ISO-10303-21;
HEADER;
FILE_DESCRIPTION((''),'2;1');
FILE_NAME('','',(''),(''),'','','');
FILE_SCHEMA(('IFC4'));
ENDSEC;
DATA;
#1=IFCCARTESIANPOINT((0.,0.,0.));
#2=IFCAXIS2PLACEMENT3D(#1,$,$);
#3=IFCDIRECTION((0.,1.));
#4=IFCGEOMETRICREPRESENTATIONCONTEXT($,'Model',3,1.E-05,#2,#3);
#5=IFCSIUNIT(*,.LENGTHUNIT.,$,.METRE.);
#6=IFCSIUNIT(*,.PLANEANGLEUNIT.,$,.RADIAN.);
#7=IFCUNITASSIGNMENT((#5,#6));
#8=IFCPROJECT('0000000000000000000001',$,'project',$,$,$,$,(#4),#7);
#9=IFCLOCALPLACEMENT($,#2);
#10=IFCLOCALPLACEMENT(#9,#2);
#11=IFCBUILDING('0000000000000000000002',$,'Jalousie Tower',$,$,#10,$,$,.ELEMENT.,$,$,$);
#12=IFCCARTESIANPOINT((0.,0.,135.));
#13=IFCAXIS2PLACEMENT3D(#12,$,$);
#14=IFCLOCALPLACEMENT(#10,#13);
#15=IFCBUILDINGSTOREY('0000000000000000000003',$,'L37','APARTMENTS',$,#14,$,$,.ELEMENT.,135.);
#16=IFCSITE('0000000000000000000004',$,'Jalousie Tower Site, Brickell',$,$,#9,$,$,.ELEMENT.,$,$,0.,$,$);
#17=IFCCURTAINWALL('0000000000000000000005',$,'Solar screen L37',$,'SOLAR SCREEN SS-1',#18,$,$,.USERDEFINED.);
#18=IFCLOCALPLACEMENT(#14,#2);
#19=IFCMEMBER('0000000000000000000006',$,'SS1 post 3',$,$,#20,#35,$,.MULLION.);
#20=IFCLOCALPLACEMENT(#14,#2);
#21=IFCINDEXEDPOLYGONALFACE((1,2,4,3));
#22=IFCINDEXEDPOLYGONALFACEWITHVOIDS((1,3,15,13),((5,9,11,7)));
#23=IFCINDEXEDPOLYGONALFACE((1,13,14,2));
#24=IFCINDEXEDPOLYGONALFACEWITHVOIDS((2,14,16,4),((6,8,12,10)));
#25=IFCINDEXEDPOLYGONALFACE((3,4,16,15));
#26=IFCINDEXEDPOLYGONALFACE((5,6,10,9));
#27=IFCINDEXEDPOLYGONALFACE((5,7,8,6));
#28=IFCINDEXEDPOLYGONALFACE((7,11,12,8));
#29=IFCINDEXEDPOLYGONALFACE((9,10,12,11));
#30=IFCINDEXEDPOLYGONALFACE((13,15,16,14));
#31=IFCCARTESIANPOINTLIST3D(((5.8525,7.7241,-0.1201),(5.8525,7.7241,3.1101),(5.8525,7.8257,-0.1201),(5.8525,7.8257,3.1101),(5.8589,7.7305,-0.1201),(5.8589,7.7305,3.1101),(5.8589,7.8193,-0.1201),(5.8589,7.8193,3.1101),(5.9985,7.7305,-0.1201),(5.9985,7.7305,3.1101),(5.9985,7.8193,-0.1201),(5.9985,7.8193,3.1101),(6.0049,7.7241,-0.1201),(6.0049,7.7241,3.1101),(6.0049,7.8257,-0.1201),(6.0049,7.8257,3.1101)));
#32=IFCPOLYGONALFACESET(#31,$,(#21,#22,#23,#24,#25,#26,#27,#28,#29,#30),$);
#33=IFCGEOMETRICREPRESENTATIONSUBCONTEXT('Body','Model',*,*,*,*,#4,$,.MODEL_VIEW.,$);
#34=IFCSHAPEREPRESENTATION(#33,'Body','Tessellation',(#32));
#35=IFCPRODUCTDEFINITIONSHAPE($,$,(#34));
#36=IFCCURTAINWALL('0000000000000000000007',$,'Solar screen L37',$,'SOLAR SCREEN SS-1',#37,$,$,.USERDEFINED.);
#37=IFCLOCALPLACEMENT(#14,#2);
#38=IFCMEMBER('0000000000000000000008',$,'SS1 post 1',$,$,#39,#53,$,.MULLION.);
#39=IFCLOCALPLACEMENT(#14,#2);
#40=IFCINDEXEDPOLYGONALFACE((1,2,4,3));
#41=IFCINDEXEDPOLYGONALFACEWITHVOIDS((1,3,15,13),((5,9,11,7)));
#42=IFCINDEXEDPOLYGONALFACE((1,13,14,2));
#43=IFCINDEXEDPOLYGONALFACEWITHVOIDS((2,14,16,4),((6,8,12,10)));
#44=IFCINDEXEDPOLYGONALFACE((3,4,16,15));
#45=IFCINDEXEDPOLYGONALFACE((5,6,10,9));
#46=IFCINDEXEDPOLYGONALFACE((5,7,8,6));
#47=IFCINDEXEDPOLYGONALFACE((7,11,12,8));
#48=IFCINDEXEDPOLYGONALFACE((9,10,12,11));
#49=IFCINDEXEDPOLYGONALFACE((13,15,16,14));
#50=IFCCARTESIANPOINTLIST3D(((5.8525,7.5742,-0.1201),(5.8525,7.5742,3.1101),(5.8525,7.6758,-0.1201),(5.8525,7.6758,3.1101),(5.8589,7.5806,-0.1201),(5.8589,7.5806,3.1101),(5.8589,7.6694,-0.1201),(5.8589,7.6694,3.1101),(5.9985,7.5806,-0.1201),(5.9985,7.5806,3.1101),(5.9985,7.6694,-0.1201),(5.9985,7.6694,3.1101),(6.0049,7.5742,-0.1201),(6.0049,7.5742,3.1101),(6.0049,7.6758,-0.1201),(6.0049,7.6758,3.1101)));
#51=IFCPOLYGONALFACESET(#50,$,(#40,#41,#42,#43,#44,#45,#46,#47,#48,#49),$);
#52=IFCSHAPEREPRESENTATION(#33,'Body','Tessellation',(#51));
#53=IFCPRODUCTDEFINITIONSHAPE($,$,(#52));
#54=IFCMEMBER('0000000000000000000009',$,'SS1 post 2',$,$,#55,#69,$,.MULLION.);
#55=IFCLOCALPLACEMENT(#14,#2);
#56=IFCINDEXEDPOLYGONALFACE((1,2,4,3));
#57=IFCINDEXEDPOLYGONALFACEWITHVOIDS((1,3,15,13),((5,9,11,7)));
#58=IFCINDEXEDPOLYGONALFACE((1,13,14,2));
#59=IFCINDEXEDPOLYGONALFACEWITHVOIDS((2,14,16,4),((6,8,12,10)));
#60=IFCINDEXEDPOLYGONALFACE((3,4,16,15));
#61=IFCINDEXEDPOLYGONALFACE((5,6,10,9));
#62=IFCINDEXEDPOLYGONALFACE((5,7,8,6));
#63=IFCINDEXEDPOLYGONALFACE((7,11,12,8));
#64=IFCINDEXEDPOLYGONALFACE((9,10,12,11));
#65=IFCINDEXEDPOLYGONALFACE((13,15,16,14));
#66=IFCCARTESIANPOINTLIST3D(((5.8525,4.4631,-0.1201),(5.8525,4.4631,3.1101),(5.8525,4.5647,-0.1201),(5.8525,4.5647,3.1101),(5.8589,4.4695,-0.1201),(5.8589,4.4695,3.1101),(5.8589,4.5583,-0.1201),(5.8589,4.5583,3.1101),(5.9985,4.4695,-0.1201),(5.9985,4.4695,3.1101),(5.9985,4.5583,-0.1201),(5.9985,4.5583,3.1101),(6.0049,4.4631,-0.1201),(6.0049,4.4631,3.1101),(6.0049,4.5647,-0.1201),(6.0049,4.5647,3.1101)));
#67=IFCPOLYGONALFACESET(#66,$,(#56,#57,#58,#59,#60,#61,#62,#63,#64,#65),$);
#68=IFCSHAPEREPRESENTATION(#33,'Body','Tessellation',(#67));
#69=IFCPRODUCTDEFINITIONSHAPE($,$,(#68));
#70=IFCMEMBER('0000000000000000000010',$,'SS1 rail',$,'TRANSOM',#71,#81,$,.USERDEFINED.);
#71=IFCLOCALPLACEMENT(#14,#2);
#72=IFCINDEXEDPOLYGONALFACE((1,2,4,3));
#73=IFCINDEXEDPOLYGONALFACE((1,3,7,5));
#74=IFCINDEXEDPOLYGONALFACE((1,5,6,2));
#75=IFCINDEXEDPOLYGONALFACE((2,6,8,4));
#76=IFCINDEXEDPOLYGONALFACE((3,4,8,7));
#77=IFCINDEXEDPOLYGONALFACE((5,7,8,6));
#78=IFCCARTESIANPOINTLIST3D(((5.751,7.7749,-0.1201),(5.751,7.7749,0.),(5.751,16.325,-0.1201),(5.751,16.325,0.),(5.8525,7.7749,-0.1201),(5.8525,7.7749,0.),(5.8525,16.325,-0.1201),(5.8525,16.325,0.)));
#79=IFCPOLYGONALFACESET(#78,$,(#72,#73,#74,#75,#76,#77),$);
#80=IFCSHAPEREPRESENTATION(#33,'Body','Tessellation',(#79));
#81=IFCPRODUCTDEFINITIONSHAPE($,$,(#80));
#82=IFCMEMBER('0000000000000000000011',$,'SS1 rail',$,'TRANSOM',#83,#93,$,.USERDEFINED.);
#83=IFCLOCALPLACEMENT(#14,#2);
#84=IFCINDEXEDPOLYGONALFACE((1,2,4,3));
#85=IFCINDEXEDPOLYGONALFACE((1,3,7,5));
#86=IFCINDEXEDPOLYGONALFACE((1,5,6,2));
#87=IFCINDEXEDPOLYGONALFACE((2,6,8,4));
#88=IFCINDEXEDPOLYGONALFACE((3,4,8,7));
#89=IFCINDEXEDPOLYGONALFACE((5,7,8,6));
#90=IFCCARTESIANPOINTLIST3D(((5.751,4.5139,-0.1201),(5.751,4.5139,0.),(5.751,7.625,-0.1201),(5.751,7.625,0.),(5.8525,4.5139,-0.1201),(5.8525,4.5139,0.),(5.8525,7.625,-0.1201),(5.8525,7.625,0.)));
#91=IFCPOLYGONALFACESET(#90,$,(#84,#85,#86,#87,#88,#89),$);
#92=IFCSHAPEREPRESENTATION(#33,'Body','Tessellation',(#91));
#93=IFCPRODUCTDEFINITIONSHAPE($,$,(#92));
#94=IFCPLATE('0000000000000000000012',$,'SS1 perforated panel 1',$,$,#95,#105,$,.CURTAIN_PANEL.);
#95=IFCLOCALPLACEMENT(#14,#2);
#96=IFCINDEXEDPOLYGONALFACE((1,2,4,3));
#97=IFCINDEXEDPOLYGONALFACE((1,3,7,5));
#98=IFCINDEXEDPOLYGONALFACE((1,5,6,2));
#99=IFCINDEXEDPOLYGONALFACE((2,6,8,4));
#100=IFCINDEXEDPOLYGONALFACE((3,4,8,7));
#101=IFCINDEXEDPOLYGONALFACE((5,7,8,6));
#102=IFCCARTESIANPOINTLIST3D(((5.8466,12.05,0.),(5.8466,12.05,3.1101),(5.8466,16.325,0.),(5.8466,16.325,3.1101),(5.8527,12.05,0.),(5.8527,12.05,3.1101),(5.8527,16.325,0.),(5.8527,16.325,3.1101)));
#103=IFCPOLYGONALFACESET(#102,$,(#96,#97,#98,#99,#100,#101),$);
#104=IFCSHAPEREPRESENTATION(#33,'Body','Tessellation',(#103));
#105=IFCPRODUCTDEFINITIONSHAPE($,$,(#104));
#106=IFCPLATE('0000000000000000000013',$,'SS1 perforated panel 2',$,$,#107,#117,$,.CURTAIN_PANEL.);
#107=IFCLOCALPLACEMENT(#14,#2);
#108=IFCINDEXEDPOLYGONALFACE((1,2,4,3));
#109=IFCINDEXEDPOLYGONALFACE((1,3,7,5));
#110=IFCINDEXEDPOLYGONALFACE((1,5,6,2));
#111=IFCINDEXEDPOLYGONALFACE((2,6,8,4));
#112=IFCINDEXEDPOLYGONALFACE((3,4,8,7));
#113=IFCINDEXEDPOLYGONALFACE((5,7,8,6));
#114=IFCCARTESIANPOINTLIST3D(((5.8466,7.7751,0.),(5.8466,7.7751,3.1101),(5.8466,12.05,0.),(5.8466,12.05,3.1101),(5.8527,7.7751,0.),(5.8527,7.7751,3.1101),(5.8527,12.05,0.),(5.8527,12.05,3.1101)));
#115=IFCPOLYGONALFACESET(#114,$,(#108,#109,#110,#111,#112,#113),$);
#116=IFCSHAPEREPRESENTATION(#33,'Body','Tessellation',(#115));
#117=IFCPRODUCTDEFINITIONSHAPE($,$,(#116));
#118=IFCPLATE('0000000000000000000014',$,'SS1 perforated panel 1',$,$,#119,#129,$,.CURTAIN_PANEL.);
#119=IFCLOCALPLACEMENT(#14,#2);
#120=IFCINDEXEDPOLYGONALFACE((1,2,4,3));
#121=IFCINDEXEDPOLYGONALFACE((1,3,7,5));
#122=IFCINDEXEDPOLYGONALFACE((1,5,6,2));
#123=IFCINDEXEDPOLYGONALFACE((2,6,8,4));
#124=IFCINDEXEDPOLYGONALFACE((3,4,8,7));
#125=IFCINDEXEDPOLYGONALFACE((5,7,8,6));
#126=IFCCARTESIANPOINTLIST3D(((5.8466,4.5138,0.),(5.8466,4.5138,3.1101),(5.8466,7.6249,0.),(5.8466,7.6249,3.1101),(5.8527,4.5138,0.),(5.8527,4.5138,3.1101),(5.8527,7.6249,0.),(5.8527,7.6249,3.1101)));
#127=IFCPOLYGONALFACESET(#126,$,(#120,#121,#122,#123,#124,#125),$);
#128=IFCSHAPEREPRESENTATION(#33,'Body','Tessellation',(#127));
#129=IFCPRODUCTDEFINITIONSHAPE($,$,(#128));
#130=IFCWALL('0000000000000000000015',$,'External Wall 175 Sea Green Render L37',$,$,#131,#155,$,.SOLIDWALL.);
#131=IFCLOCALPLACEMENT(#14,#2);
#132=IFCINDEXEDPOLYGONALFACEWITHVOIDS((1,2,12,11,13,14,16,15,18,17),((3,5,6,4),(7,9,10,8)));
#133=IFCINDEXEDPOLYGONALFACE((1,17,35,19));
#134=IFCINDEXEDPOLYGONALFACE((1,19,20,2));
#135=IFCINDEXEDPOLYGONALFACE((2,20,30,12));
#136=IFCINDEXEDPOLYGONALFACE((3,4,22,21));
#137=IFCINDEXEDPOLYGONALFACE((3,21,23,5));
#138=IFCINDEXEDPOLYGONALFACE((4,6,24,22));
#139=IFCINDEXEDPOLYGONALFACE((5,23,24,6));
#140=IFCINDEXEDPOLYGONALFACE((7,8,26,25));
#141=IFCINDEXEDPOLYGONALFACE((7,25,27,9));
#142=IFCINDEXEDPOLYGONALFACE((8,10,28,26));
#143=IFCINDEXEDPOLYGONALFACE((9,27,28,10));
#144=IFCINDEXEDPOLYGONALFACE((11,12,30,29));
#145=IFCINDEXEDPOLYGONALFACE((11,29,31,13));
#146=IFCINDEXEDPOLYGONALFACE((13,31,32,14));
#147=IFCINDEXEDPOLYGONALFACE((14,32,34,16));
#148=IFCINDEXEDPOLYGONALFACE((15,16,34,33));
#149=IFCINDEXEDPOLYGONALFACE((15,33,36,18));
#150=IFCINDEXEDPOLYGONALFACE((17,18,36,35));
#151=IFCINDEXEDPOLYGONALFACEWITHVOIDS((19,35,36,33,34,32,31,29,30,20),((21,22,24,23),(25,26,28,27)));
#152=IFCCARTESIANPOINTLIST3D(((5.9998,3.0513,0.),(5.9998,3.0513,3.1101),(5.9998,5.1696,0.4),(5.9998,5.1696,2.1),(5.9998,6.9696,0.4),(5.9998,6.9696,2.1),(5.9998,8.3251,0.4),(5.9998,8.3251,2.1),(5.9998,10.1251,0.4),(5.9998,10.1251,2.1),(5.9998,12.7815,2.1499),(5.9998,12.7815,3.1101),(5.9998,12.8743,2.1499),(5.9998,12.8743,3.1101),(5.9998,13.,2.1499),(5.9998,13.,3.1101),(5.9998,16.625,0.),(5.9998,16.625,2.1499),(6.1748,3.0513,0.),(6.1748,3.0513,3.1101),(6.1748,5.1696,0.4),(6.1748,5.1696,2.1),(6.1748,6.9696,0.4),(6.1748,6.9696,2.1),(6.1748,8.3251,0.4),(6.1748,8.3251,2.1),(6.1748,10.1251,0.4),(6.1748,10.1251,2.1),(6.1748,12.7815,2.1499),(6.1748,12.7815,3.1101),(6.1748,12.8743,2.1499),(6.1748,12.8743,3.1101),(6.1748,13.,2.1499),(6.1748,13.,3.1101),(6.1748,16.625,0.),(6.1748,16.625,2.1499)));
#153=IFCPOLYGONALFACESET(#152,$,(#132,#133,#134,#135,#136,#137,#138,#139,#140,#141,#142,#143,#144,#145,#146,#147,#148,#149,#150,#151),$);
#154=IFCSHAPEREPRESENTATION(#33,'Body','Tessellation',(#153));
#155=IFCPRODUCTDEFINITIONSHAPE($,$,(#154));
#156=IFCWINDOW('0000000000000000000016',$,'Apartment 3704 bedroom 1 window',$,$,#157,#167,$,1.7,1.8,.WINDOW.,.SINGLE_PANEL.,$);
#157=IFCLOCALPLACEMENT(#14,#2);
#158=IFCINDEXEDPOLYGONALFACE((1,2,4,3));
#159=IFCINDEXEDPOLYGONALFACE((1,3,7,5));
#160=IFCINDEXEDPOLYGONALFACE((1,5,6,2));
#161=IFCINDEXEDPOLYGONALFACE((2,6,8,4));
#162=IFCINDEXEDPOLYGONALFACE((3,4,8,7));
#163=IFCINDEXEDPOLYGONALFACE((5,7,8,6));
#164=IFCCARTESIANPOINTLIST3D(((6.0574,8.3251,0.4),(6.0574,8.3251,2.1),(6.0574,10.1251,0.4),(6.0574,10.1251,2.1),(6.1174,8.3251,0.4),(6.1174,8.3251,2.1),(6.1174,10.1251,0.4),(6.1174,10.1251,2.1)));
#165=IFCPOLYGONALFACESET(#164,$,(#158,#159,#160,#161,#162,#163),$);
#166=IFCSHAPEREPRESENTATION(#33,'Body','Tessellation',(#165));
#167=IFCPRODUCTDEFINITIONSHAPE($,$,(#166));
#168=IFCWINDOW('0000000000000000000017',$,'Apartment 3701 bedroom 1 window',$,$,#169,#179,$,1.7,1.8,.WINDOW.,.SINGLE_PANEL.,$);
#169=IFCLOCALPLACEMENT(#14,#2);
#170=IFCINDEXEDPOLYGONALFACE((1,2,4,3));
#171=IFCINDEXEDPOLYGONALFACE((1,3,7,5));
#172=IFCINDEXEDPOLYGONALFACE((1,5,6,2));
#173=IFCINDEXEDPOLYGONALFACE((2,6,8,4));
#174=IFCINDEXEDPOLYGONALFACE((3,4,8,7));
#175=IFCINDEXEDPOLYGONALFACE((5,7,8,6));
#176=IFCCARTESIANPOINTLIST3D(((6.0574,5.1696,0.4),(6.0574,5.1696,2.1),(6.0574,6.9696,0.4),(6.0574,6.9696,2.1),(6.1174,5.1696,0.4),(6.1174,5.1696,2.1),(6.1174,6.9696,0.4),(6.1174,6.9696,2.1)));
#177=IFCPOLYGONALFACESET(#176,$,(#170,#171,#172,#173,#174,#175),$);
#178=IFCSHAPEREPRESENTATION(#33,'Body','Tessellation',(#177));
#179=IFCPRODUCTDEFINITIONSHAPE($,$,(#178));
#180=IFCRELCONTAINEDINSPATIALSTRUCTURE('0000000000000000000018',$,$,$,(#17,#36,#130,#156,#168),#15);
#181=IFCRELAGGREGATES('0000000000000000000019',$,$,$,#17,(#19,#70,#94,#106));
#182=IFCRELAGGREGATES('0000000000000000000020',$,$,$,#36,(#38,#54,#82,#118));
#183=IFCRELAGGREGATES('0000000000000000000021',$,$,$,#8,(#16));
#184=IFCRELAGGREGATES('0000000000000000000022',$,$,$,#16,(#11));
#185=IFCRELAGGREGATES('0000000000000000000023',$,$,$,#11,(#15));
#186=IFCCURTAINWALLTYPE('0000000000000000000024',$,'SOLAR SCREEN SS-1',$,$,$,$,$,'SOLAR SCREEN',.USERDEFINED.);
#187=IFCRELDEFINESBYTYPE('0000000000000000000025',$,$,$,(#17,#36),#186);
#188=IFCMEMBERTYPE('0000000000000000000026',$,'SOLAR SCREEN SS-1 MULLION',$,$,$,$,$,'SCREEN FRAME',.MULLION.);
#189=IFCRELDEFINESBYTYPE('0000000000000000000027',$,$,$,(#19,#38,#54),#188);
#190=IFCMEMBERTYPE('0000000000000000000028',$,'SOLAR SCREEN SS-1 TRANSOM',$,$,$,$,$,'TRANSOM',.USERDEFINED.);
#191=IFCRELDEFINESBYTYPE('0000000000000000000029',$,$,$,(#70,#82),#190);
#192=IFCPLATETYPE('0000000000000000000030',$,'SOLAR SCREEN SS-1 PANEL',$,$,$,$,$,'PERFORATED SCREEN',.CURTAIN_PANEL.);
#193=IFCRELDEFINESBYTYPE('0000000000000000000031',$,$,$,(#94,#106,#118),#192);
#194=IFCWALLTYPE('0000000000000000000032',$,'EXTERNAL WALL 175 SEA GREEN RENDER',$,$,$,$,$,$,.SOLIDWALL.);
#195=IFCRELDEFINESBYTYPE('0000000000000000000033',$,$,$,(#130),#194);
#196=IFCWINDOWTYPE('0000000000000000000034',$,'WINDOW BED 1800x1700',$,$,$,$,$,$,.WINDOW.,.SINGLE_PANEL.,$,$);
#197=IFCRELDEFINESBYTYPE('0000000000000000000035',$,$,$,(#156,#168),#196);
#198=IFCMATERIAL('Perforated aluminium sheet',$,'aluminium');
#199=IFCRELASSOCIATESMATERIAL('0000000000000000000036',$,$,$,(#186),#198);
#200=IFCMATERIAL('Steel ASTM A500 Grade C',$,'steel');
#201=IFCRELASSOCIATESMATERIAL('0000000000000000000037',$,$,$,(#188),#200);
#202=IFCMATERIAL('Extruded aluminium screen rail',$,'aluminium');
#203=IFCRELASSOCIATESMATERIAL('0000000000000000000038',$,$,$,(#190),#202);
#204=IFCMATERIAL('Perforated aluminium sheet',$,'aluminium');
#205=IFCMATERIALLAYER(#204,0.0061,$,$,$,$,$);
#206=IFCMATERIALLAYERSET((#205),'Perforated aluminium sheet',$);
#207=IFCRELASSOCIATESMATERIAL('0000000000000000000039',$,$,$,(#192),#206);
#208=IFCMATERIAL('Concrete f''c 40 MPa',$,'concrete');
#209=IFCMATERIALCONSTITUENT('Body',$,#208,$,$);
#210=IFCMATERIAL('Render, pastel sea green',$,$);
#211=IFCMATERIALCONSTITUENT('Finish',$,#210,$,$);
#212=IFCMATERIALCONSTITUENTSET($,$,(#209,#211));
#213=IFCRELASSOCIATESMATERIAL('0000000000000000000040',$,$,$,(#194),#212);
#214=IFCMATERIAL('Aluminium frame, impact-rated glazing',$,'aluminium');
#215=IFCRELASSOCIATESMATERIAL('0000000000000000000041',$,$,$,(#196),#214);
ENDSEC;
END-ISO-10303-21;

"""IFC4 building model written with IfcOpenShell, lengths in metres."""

from ifc_helpers import new_model, si_unit, direction, frame, frame_2d, origin, origin_2d, place, context, subcontext, project, spatial, polyline, rectangle, hollow_rectangle, outline, extrude, material, layer, layer_set, constituent, constituent_set, material_profile, profile_set, type_object, element, fill, aggregate, save


model = new_model("IFC4")

# Units and contexts
model_context = context("Model", 3, precision=1e-05, world=origin(), true_north=direction((0.0, 1.0)))
body_context = subcontext(model_context, "Body", "Model", "MODEL_VIEW")
ifc_project = project(units=[si_unit("LENGTHUNIT", "METRE"), si_unit("PLANEANGLEUNIT", "RADIAN")], contexts=[model_context])

# Site, building, storey
site_placement = place(None, origin())
site = spatial("IfcSite", under=ifc_project, at=site_placement, Name="Jalousie Tower Site, Brickell", CompositionType="ELEMENT", RefElevation=0.0)
building_placement = place(site_placement, origin())
building = spatial("IfcBuilding", under=site, at=building_placement, Name="Jalousie Tower", CompositionType="ELEMENT")
storey_placement = place(building_placement, frame((0.0, 0.0, 135.0)))
storey = spatial("IfcBuildingStorey", under=building, at=storey_placement, Name="L37", Description="APARTMENTS", CompositionType="ELEMENT", Elevation=135.0)

# Curtain walls, members
ifc_material_1 = material(Name="Perforated aluminium sheet", Category="aluminium")
curtain_wall_type = type_object("IfcCurtainWallType", Name="SOLAR SCREEN SS-1", ElementType="SOLAR SCREEN", PredefinedType="USERDEFINED", material=ifc_material_1)
curtain_wall_1_placement = place(storey_placement, origin())
curtain_wall_1 = element("IfcCurtainWall", 1, at=curtain_wall_1_placement, inside=storey, type_object=curtain_wall_type, Name="Solar screen L37", ObjectType="SOLAR SCREEN SS-1", PredefinedType="USERDEFINED")
ifc_material_2 = material(Name="Steel ASTM A500 Grade C", Category="steel")
ifc_material_profile_1 = material_profile(ifc_material_2, hollow_rectangle(XDim=0.1016, YDim=0.1523, WallThickness=0.0063, at=origin_2d()), Name="HSS6X4X1/4")
ifc_profile_set_1 = profile_set([ifc_material_profile_1], Name="Steel ASTM A500 Grade C")
member_type_1 = type_object("IfcMemberType", Name="SOLAR SCREEN SS-1 MULLION", ElementType="SCREEN FRAME", PredefinedType="MULLION", material=ifc_profile_set_1)
member_1_placement = place(storey_placement, frame((5.9287, 7.7749, -0.1201), z_axis=(0.0, 0.0, 1.0), x_axis=(0.0, -1.0, 0.0)))
member_1 = element("IfcMember", 2, at=member_1_placement, type_object=member_type_1, Name="SS1 post 3", PredefinedType="MULLION", context=body_context, shape_type="SweptSolid", body=[
    extrude(hollow_rectangle(XDim=0.1016, YDim=0.1523, WallThickness=0.0063, at=origin_2d()), origin(), (0.0, 0.0, 1.0), 3.2302),
])
curtain_wall_2_placement = place(storey_placement, origin())
curtain_wall_2 = element("IfcCurtainWall", 3, at=curtain_wall_2_placement, inside=storey, type_object=curtain_wall_type, Name="Solar screen L37", ObjectType="SOLAR SCREEN SS-1", PredefinedType="USERDEFINED")
member_2_placement = place(storey_placement, frame((5.9287, 7.625, -0.1201), z_axis=(0.0, 0.0, 1.0), x_axis=(0.0, -1.0, 0.0)))
member_2 = element("IfcMember", 4, at=member_2_placement, type_object=member_type_1, Name="SS1 post 1", PredefinedType="MULLION", context=body_context, shape_type="SweptSolid", body=[
    extrude(hollow_rectangle(XDim=0.1016, YDim=0.1523, WallThickness=0.0063, at=origin_2d()), origin(), (0.0, 0.0, 1.0), 3.2302),
])
member_3_placement = place(storey_placement, frame((5.9287, 4.5139, -0.1201), z_axis=(0.0, 0.0, 1.0), x_axis=(0.0, -1.0, 0.0)))
member_3 = element("IfcMember", 5, at=member_3_placement, type_object=member_type_1, Name="SS1 post 2", PredefinedType="MULLION", context=body_context, shape_type="SweptSolid", body=[
    extrude(hollow_rectangle(XDim=0.1016, YDim=0.1523, WallThickness=0.0063, at=origin_2d()), origin(), (0.0, 0.0, 1.0), 3.2302),
])

# Members
ifc_material_3 = material(Name="Extruded aluminium screen rail", Category="aluminium")
ifc_material_profile_2 = material_profile(ifc_material_3, rectangle(XDim=0.1016, YDim=0.1201, at=origin_2d()), Name="RAIL 102x120")
ifc_profile_set_2 = profile_set([ifc_material_profile_2], Name="Extruded aluminium screen rail")
member_type_2 = type_object("IfcMemberType", Name="SOLAR SCREEN SS-1 TRANSOM", ElementType="TRANSOM", PredefinedType="USERDEFINED", material=ifc_profile_set_2)
member_4_placement = place(storey_placement, frame((5.8018, 16.325, -0.0601), z_axis=(0.0, -1.0, 0.0), x_axis=(1.0, 0.0, 0.0)))
member_4 = element("IfcMember", 6, at=member_4_placement, type_object=member_type_2, Name="SS1 rail", ObjectType="TRANSOM", PredefinedType="USERDEFINED", context=body_context, shape_type="SweptSolid", body=[
    extrude(rectangle(XDim=0.1016, YDim=0.1201, at=origin_2d()), origin(), (0.0, 0.0, 1.0), 8.55),
])
member_5_placement = place(storey_placement, frame((5.8018, 7.625, -0.0601), z_axis=(0.0, -1.0, 0.0), x_axis=(1.0, 0.0, 0.0)))
member_5 = element("IfcMember", 7, at=member_5_placement, type_object=member_type_2, Name="SS1 rail", ObjectType="TRANSOM", PredefinedType="USERDEFINED", context=body_context, shape_type="SweptSolid", body=[
    extrude(rectangle(XDim=0.1016, YDim=0.1201, at=origin_2d()), origin(), (0.0, 0.0, 1.0), 3.1111),
])

# Plates
ifc_material_4 = material(Name="Perforated aluminium sheet", Category="aluminium")
ifc_layer_1 = layer(ifc_material_4, 0.0061)
ifc_layer_set_1 = layer_set([ifc_layer_1], Name="Perforated aluminium sheet")
plate_type = type_object("IfcPlateType", Name="SOLAR SCREEN SS-1 PANEL", ElementType="PERFORATED SCREEN", PredefinedType="CURTAIN_PANEL", material=ifc_layer_set_1)
plate_1_placement = place(storey_placement, frame((5.8496, 14.1875, 0.0), z_axis=(0.0, 0.0, 1.0), x_axis=(0.0, -1.0, 0.0)))
plate_1 = element("IfcPlate", 8, at=plate_1_placement, type_object=plate_type, Name="SS1 perforated panel 1", PredefinedType="CURTAIN_PANEL", context=body_context, shape_type="SweptSolid", body=[
    extrude(rectangle(XDim=4.2749, YDim=0.0061, at=origin_2d()), origin(), (0.0, 0.0, 1.0), 3.1101),
])
plate_2_placement = place(storey_placement, frame((5.8496, 9.9126, 0.0), z_axis=(0.0, 0.0, 1.0), x_axis=(0.0, -1.0, 0.0)))
plate_2 = element("IfcPlate", 9, at=plate_2_placement, type_object=plate_type, Name="SS1 perforated panel 2", PredefinedType="CURTAIN_PANEL", context=body_context, shape_type="SweptSolid", body=[
    extrude(rectangle(XDim=4.2749, YDim=0.0061, at=origin_2d()), origin(), (0.0, 0.0, 1.0), 3.1101),
])
aggregate(curtain_wall_1, [member_1, member_4, plate_1, plate_2])
plate_3_placement = place(storey_placement, frame((5.8496, 6.0693, 0.0), z_axis=(0.0, 0.0, 1.0), x_axis=(0.0, -1.0, 0.0)))
plate_3 = element("IfcPlate", 10, at=plate_3_placement, type_object=plate_type, Name="SS1 perforated panel 1", PredefinedType="CURTAIN_PANEL", context=body_context, shape_type="SweptSolid", body=[
    extrude(rectangle(XDim=3.1111, YDim=0.0061, at=origin_2d()), origin(), (0.0, 0.0, 1.0), 3.1101),
])
aggregate(curtain_wall_2, [member_2, member_3, member_5, plate_3])

# Wall, openings, windows
ifc_material_5 = material(Name="Concrete f'c 40 MPa", Category="concrete")
ifc_constituent_1 = constituent(ifc_material_5, Name="Body")
ifc_material_6 = material(Name="Render, pastel sea green")
ifc_constituent_2 = constituent(ifc_material_6, Name="Finish")
ifc_constituent_set_1 = constituent_set(constituents=[ifc_constituent_1, ifc_constituent_2])
wall_type_1 = type_object("IfcWallType", Name="EXTERNAL WALL 175 SEA GREEN RENDER", PredefinedType="SOLIDWALL", material=ifc_constituent_set_1)
wall_1_placement = place(storey_placement, frame((6.0874, 16.625, 0.0), z_axis=(0.0, 0.0, 1.0), x_axis=(0.0, -1.0, 0.0)))
wall_1 = element("IfcWall", 11, at=wall_1_placement, inside=storey, type_object=wall_type_1, Name="External Wall 175 Sea Green Render L37", PredefinedType="SOLIDWALL", context=body_context, shape_type="SweptSolid", body=[
    extrude(outline(polyline([(0.0, 0.0), (13.5737, 0.0), (13.5737, 3.1101), (3.8435, 3.1101), (3.8435, 2.1499), (3.7507, 2.1499), (3.7507, 3.1101), (3.625, 3.1101), (3.625, 2.1499), (0.0, 2.1499), (0.0, 0.0)])), frame((0.0, 0.0874, 0.0), z_axis=(0.0, -1.0, 0.0), x_axis=(1.0, 0.0, 0.0)), (0.0, 0.0, 1.0), 0.175),
])
opening_1_placement = place(wall_1_placement, frame((6.5, 0.0, 0.3999)))
opening_1 = element("IfcOpeningElement", 12, at=opening_1_placement, cuts=wall_1, PredefinedType="OPENING", context=body_context, shape_type="SweptSolid", body=[
    extrude(rectangle(XDim=1.8, YDim=1.7, at=frame_2d((0.8999, 0.8501))), frame((0.0, 0.0974, 0.0), z_axis=(0.0, -1.0, 0.0), x_axis=(1.0, 0.0, 0.0)), (0.0, 0.0, 1.0), 0.1951),
])
opening_2_placement = place(wall_1_placement, frame((9.6555, 0.0, 0.3999)))
opening_2 = element("IfcOpeningElement", 13, at=opening_2_placement, cuts=wall_1, PredefinedType="OPENING", context=body_context, shape_type="SweptSolid", body=[
    extrude(rectangle(XDim=1.8, YDim=1.7, at=frame_2d((0.8999, 0.8501))), frame((0.0, 0.0974, 0.0), z_axis=(0.0, -1.0, 0.0), x_axis=(1.0, 0.0, 0.0)), (0.0, 0.0, 1.0), 0.1951),
])
ifc_material_7 = material(Name="Aluminium frame, impact-rated glazing", Category="aluminium")
window_type = type_object("IfcWindowType", Name="WINDOW BED 1800x1700", PartitioningType="SINGLE_PANEL", PredefinedType="WINDOW", material=ifc_material_7)
window_1_placement = place(opening_1_placement, origin())
window_1 = element("IfcWindow", 14, at=window_1_placement, inside=storey, type_object=window_type, Name="Apartment 3704 bedroom 1 window", OverallHeight=1.7, OverallWidth=1.8, PartitioningType="SINGLE_PANEL", PredefinedType="WINDOW", context=body_context, shape_type="SweptSolid", body=[
    extrude(rectangle(XDim=1.8, YDim=1.7, at=frame_2d((0.8999, 0.8501))), frame((0.0, 0.03, 0.0), z_axis=(0.0, -1.0, 0.0), x_axis=(1.0, 0.0, 0.0)), (0.0, 0.0, 1.0), 0.0601),
])
fill(opening_1, window_1)
window_2_placement = place(opening_2_placement, origin())
window_2 = element("IfcWindow", 15, at=window_2_placement, inside=storey, type_object=window_type, Name="Apartment 3701 bedroom 1 window", OverallHeight=1.7, OverallWidth=1.8, PartitioningType="SINGLE_PANEL", PredefinedType="WINDOW", context=body_context, shape_type="SweptSolid", body=[
    extrude(rectangle(XDim=1.8, YDim=1.7, at=frame_2d((0.8999, 0.8501))), frame((0.0, 0.03, 0.0), z_axis=(0.0, -1.0, 0.0), x_axis=(1.0, 0.0, 0.0)), (0.0, 0.0, 1.0), 0.0601),
])
fill(opening_2, window_2)

save(model, "model.ifc")
